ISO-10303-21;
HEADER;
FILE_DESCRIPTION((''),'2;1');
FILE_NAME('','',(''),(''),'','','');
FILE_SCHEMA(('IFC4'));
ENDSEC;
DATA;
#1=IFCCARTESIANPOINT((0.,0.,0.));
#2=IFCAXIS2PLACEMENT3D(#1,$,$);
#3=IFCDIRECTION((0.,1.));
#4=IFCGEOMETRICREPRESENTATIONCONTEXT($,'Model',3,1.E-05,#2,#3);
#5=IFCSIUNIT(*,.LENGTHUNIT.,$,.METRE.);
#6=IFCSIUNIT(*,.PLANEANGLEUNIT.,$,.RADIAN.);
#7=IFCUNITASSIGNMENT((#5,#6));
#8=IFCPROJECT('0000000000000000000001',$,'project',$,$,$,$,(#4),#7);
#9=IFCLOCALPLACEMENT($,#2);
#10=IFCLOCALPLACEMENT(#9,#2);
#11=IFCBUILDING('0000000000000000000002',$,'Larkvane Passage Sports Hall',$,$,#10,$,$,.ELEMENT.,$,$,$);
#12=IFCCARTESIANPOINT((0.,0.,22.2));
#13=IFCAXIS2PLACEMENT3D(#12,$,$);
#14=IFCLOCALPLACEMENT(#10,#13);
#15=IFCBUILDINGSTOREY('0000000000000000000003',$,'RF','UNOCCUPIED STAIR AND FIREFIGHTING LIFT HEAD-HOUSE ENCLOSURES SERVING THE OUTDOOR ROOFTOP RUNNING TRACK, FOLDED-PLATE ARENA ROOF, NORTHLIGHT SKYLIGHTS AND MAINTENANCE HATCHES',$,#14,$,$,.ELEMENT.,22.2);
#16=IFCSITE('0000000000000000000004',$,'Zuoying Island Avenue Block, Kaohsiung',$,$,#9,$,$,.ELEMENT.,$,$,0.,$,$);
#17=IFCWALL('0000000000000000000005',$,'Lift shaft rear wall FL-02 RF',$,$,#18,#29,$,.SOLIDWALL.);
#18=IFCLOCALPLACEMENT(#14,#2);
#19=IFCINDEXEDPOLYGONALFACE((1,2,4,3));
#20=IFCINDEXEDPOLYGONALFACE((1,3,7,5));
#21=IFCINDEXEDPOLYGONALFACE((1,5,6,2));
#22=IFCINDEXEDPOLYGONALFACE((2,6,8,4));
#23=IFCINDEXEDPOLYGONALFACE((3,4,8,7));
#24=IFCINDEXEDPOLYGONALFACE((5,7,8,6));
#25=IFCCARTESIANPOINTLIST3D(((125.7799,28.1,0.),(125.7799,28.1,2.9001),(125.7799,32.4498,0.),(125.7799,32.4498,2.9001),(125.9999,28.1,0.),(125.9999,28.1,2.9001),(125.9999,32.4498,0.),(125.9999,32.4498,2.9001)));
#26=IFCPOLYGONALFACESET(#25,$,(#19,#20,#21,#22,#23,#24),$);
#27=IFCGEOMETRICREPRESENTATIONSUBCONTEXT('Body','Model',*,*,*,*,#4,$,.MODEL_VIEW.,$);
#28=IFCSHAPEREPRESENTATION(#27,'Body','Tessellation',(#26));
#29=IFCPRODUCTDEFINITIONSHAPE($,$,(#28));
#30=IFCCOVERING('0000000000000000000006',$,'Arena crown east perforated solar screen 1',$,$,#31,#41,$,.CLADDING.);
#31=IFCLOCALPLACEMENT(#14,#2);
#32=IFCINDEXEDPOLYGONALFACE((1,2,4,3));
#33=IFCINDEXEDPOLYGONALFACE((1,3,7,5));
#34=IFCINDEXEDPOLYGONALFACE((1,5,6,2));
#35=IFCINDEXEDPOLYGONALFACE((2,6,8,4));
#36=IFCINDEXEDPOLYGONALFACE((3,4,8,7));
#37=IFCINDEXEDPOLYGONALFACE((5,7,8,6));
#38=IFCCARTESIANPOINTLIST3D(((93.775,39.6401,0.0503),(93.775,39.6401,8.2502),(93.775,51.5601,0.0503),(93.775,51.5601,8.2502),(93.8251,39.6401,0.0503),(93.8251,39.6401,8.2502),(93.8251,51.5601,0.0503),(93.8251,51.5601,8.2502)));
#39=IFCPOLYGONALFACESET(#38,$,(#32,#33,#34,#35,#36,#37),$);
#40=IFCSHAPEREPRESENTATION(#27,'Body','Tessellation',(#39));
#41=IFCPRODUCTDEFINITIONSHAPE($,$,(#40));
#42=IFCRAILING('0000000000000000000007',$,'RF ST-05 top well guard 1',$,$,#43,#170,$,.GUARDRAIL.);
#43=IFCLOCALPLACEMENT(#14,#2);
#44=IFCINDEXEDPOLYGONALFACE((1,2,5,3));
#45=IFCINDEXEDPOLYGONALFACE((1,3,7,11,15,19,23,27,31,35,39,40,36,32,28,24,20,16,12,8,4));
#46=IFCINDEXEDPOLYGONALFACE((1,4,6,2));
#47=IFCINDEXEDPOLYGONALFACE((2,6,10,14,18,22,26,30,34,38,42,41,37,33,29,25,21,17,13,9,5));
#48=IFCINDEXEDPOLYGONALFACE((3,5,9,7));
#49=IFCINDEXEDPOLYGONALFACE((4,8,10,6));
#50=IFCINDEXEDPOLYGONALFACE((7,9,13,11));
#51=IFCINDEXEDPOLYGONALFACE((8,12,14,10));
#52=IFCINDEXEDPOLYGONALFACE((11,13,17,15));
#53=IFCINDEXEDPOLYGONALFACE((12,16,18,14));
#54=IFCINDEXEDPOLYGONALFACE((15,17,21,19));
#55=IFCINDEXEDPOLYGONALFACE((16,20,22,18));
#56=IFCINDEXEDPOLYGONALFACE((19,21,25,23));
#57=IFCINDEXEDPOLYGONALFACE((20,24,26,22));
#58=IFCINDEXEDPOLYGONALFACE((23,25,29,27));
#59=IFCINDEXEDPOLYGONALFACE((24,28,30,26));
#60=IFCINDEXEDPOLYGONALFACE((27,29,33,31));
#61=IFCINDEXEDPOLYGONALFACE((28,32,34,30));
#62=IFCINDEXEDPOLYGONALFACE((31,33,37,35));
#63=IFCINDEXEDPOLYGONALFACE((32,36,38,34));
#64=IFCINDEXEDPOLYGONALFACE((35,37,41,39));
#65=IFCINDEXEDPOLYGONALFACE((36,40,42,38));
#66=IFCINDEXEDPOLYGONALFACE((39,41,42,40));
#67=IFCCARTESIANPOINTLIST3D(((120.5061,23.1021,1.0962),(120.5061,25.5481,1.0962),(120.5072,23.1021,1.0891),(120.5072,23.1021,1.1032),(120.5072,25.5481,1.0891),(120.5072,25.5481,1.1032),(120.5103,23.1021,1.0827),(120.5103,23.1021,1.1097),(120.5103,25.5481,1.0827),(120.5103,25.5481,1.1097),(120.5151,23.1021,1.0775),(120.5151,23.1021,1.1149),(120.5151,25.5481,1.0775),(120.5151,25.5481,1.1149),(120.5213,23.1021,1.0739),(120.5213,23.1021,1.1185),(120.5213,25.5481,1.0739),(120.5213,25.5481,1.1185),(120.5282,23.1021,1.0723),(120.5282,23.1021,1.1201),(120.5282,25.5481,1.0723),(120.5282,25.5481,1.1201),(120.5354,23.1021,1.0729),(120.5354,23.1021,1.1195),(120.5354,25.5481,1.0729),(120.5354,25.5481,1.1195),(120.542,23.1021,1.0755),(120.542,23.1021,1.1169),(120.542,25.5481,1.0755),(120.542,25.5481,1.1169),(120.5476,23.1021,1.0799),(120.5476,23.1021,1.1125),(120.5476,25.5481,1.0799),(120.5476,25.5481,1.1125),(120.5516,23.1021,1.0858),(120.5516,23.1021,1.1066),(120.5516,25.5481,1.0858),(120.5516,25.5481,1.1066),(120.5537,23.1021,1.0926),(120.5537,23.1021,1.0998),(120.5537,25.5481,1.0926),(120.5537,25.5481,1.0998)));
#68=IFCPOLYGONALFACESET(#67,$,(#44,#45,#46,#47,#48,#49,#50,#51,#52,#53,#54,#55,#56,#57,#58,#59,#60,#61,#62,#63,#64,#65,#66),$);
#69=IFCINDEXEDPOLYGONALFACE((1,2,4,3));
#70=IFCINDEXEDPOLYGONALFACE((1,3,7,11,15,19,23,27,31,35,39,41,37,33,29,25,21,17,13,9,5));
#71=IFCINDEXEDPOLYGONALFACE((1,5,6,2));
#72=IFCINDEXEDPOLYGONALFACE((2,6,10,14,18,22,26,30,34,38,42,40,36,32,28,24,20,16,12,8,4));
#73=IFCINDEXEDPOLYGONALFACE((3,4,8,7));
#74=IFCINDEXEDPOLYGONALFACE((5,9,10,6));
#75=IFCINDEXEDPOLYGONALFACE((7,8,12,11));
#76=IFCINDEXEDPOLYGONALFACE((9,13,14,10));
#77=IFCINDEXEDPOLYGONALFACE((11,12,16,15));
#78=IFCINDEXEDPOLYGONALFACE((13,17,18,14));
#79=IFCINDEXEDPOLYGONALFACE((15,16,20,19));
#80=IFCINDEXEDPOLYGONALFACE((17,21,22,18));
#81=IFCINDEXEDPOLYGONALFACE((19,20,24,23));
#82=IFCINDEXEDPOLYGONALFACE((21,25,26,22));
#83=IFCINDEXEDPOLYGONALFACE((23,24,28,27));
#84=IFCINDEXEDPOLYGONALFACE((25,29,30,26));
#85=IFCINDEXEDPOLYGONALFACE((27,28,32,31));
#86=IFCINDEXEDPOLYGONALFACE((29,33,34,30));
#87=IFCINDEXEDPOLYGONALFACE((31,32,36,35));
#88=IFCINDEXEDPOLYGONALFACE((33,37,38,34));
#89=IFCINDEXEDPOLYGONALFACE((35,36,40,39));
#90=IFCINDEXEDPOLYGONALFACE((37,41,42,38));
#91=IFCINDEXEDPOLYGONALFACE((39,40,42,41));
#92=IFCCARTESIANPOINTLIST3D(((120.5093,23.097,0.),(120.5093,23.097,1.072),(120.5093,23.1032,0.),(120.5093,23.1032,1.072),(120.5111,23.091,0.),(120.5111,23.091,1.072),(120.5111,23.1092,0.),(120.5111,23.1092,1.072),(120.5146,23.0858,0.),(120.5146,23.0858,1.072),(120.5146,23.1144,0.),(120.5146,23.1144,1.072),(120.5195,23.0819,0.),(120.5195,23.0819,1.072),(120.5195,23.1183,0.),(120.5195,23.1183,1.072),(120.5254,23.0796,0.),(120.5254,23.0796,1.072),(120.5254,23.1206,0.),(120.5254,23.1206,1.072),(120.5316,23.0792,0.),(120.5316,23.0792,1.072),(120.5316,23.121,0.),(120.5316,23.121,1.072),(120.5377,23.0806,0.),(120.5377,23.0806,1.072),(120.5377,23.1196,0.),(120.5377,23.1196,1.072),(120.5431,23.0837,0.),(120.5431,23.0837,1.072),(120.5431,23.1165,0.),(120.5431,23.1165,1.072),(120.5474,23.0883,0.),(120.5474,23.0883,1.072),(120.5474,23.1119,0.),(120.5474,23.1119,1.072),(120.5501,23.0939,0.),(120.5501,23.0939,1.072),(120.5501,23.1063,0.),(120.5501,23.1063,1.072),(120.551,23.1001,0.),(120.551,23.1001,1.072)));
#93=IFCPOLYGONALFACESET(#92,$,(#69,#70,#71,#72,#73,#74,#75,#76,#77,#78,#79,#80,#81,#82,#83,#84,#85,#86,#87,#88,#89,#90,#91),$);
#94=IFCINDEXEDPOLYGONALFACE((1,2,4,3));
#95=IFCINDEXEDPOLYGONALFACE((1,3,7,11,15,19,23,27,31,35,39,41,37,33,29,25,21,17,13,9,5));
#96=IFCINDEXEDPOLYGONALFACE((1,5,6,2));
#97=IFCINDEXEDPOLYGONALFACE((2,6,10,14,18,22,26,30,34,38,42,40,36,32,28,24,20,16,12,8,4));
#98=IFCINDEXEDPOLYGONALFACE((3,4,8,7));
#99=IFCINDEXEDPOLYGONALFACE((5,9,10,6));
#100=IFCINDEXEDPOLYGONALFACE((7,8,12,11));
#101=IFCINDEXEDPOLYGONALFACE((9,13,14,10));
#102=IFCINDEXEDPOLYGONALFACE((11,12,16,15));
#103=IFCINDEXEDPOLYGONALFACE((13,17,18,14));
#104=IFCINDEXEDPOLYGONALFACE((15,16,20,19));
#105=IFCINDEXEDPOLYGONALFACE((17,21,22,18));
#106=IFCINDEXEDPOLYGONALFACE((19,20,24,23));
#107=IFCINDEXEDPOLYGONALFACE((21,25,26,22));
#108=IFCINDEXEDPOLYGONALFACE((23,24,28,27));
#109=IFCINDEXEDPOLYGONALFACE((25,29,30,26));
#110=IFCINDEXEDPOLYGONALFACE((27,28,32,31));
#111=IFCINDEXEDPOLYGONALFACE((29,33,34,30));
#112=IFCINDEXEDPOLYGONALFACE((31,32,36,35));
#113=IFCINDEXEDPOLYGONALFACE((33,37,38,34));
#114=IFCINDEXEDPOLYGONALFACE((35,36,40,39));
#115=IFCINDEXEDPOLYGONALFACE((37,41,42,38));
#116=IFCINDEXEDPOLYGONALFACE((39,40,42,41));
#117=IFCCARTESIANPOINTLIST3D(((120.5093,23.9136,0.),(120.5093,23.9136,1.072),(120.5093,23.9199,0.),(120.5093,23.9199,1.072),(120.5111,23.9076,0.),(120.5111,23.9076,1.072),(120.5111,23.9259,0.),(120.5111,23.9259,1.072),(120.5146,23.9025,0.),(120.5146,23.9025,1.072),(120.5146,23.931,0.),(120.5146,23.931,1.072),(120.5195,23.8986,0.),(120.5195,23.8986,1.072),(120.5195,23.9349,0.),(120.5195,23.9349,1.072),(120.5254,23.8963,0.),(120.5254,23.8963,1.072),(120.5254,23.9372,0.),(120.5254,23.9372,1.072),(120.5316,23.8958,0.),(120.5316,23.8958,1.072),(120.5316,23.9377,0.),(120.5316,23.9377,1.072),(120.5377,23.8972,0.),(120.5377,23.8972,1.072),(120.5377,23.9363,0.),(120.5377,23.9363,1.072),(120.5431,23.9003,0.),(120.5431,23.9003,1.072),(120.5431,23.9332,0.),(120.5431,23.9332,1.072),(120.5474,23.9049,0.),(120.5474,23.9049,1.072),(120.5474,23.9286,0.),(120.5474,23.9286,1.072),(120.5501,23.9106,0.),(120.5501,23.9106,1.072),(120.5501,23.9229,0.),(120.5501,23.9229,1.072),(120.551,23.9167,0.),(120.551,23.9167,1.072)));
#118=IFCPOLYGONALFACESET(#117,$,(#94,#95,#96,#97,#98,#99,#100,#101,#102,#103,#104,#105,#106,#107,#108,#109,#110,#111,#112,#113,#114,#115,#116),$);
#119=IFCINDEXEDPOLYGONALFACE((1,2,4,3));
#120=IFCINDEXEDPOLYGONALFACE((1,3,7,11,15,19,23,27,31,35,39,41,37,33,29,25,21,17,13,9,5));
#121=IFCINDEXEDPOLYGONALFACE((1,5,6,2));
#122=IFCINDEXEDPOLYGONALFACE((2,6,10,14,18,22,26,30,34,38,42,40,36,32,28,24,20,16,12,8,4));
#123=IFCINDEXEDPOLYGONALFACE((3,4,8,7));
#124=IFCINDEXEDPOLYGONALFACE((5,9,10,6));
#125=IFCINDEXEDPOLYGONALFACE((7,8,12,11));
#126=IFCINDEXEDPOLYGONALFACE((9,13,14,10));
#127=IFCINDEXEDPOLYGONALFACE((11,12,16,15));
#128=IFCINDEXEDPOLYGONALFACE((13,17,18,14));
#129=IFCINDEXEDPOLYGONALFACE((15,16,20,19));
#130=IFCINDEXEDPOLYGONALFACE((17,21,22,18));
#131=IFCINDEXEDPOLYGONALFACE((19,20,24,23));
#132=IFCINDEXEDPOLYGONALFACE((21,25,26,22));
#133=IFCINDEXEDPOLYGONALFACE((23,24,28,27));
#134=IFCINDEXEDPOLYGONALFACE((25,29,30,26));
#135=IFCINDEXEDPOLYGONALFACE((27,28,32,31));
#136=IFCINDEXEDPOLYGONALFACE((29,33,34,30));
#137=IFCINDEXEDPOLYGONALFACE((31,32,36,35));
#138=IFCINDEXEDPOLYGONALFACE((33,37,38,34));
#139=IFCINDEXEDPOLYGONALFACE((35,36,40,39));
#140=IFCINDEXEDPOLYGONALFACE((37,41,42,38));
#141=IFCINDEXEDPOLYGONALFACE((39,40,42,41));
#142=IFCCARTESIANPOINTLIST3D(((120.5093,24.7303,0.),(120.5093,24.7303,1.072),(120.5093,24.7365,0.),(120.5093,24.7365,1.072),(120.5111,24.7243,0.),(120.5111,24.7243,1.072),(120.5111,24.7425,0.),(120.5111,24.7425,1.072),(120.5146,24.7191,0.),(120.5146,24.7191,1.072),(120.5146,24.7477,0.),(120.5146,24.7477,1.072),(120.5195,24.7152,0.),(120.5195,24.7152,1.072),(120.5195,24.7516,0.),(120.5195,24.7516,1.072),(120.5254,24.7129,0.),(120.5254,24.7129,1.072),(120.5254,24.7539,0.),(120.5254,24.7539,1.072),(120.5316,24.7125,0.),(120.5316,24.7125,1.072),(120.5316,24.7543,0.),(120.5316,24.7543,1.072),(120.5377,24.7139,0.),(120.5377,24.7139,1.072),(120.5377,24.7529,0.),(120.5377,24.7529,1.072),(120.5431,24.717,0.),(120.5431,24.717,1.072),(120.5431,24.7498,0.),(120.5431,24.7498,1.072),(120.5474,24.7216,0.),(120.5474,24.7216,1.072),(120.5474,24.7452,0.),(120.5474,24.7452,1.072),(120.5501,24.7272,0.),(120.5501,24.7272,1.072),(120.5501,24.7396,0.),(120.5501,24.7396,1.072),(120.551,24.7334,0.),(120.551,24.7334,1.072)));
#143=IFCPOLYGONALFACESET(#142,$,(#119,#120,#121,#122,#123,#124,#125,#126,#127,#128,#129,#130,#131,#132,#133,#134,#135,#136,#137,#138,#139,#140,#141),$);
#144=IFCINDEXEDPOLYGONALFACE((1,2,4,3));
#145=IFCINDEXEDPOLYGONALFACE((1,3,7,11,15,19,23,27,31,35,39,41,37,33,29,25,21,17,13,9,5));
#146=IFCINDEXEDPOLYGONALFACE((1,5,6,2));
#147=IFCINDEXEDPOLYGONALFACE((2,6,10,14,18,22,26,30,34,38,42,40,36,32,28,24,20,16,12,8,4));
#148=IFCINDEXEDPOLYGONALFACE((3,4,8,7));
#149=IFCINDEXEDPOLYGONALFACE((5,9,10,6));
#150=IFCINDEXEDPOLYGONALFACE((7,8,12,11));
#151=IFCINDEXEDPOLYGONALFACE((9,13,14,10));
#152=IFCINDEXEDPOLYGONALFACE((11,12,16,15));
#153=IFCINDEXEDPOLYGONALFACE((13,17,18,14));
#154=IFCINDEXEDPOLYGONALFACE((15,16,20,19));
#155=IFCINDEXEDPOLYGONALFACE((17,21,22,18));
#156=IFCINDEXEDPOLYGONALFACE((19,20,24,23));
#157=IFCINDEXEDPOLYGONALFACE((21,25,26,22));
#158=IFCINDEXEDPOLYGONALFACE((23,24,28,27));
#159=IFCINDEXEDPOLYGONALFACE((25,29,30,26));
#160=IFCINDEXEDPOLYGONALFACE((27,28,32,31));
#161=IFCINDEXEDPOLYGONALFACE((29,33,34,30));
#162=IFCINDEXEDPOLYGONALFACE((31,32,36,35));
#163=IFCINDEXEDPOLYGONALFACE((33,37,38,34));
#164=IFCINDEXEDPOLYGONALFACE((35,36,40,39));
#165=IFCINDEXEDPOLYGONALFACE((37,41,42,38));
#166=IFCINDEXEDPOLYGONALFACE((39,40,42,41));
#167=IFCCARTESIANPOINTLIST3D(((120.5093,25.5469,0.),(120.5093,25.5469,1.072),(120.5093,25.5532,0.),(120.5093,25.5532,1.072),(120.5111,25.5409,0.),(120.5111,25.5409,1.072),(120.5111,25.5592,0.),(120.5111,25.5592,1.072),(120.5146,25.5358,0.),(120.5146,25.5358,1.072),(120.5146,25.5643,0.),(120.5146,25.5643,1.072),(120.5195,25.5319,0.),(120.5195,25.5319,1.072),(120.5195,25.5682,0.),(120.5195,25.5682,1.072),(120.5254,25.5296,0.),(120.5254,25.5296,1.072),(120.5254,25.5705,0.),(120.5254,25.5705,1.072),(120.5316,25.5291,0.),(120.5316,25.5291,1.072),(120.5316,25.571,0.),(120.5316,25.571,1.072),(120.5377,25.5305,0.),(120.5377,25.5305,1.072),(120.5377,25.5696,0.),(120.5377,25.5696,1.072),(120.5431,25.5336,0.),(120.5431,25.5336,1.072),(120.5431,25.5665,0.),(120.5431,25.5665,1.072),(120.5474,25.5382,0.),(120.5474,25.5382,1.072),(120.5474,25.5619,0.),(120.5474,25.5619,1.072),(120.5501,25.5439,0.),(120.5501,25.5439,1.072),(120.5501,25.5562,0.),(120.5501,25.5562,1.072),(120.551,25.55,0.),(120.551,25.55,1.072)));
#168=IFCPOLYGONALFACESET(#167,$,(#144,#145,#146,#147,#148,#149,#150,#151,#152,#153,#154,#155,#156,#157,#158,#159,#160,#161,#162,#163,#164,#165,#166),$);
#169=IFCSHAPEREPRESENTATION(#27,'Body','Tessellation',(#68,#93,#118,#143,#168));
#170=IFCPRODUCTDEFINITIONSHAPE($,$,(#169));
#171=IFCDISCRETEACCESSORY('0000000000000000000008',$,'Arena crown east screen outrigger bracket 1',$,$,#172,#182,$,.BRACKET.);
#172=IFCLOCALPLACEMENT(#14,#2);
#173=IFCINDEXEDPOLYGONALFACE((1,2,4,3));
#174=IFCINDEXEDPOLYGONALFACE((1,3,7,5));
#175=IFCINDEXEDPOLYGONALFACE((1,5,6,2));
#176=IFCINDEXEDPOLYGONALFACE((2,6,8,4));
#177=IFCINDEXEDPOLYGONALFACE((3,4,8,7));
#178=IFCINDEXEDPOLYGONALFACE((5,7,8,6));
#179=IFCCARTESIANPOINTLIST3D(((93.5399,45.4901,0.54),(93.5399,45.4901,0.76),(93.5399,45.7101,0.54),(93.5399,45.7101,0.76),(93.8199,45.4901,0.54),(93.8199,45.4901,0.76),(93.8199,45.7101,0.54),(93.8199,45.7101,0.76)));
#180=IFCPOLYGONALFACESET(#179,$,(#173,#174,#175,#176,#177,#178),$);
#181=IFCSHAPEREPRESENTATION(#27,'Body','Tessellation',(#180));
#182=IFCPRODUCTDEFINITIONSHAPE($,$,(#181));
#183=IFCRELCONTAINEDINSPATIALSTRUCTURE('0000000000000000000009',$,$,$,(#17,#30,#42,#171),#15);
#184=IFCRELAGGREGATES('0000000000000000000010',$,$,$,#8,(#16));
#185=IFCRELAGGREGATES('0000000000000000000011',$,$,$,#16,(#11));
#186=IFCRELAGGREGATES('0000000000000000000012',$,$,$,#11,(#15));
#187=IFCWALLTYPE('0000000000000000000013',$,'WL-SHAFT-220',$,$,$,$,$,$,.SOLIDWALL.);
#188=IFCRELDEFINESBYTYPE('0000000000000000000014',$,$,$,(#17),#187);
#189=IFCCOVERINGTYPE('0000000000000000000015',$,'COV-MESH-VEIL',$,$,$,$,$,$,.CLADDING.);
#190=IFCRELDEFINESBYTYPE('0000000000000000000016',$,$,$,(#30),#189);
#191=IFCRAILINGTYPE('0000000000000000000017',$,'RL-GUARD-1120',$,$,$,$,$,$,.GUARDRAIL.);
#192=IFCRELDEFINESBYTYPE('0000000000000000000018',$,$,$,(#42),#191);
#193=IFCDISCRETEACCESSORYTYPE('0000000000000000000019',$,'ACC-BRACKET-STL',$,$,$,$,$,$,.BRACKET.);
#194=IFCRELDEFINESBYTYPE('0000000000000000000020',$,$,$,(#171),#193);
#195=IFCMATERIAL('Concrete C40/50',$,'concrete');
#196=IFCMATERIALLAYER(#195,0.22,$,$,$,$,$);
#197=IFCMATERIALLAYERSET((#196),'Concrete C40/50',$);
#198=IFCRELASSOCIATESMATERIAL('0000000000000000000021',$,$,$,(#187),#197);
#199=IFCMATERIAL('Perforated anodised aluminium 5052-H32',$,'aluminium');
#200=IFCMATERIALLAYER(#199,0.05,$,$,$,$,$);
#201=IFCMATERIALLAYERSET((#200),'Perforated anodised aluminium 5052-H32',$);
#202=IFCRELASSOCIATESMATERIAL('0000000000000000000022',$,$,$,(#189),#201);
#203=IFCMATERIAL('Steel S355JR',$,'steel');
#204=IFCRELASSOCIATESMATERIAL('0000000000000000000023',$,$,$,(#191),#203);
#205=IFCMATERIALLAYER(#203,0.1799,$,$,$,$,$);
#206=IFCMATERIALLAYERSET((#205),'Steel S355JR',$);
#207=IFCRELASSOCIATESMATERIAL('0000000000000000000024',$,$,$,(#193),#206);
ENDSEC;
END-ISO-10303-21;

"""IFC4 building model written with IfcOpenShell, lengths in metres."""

from ifc_helpers import new_model, si_unit, direction, frame, frame_2d, origin, origin_2d, place, context, subcontext, project, spatial, rectangle, circle, extrude, material, layer, layer_set, type_object, element, save


model = new_model("IFC4")

# Units and contexts
model_context = context("Model", 3, precision=1e-05, world=origin(), true_north=direction((0.0, 1.0)))
body_context = subcontext(model_context, "Body", "Model", "MODEL_VIEW")
ifc_project = project(units=[si_unit("LENGTHUNIT", "METRE"), si_unit("PLANEANGLEUNIT", "RADIAN")], contexts=[model_context])

# Site, building, storey
site_placement = place(None, origin())
site = spatial("IfcSite", under=ifc_project, at=site_placement, Name="Zuoying Island Avenue Block, Kaohsiung", CompositionType="ELEMENT", RefElevation=0.0)
building_placement = place(site_placement, origin())
building = spatial("IfcBuilding", under=site, at=building_placement, Name="Larkvane Passage Sports Hall", CompositionType="ELEMENT")
storey_placement = place(building_placement, frame((0.0, 0.0, 22.2)))
storey = spatial("IfcBuildingStorey", under=building, at=storey_placement, Name="RF", Description="UNOCCUPIED STAIR AND FIREFIGHTING LIFT HEAD-HOUSE ENCLOSURES SERVING THE OUTDOOR ROOFTOP RUNNING TRACK, FOLDED-PLATE ARENA ROOF, NORTHLIGHT SKYLIGHTS AND MAINTENANCE HATCHES", CompositionType="ELEMENT", Elevation=22.2)

# Shared definitions
ifc_material_1 = material(Name="Steel S355JR", Category="steel")

# Shared definitions
ifc_material_2 = material(Name="Concrete C40/50", Category="concrete")
ifc_layer_1 = layer(ifc_material_2, 0.22)
ifc_layer_set_1 = layer_set([ifc_layer_1], Name="Concrete C40/50")
wall_type_1 = type_object("IfcWallType", Name="WL-SHAFT-220", PredefinedType="SOLIDWALL", material=ifc_layer_set_1)

# Wall
wall_1_placement = place(storey_placement, frame((125.8899, 28.1001, 0.0), z_axis=(0.0, 0.0, 1.0), x_axis=(0.0, 1.0, 0.0)))
element("IfcWall", 1, at=wall_1_placement, inside=storey, type_object=wall_type_1, Name="Lift shaft rear wall FL-02 RF", PredefinedType="SOLIDWALL", context=body_context, shape_type="SweptSolid", body=[
    extrude(rectangle(XDim=4.3499, YDim=0.22, at=frame_2d((2.1748, 0.0))), origin(), (0.0, 0.0, 1.0), 2.9001),
])

# Covering
ifc_material_3 = material(Name="Perforated anodised aluminium 5052-H32", Category="aluminium")
ifc_layer_2 = layer(ifc_material_3, 0.05)
ifc_layer_set_2 = layer_set([ifc_layer_2], Name="Perforated anodised aluminium 5052-H32")
covering_type = type_object("IfcCoveringType", Name="COV-MESH-VEIL", PredefinedType="CLADDING", material=ifc_layer_set_2)
covering_placement = place(storey_placement, frame((93.8, 45.6001, 0.0503), z_axis=(0.0, 0.0, 1.0), x_axis=(0.0, 1.0, 0.0)))
element("IfcCovering", 2, at=covering_placement, inside=storey, type_object=covering_type, Name="Arena crown east perforated solar screen 1", PredefinedType="CLADDING", context=body_context, shape_type="SweptSolid", body=[
    extrude(rectangle(XDim=11.9199, YDim=0.05, at=origin_2d()), origin(), (0.0, 0.0, 1.0), 8.2),
])

# Railing
railing_type = type_object("IfcRailingType", Name="RL-GUARD-1120", PredefinedType="GUARDRAIL", material=ifc_material_1)
railing_placement = place(storey_placement, frame((120.53, 23.1001, 0.0)))
element("IfcRailing", 3, at=railing_placement, inside=storey, type_object=railing_type, Name="RF ST-05 top well guard 1", PredefinedType="GUARDRAIL", context=body_context, shape_type="SweptSolid", body=[
    extrude(circle(Radius=0.0239, at=origin_2d()), frame((0.0, 0.002, 1.0962), z_axis=(0.0, 1.0, 0.0), x_axis=(-1.0, 0.0, 0.0)), (0.0, 0.0, 1.0), 2.446),
    extrude(circle(Radius=0.021, at=origin_2d()), origin(), (0.0, 0.0, 1.0), 1.072),
    extrude(circle(Radius=0.021, at=origin_2d()), frame((0.0, 0.8167, 0.0)), (0.0, 0.0, 1.0), 1.072),
    extrude(circle(Radius=0.021, at=origin_2d()), frame((0.0, 1.6333, 0.0)), (0.0, 0.0, 1.0), 1.072),
    extrude(circle(Radius=0.021, at=origin_2d()), frame((0.0, 2.45, 0.0)), (0.0, 0.0, 1.0), 1.072),
])

# Discrete accessory
ifc_layer_3 = layer(ifc_material_1, 0.1799)
ifc_layer_set_3 = layer_set([ifc_layer_3], Name="Steel S355JR")
discrete_accessory_type = type_object("IfcDiscreteAccessoryType", Name="ACC-BRACKET-STL", PredefinedType="BRACKET", material=ifc_layer_set_3)
discrete_accessory_placement = place(storey_placement, frame((93.6799, 45.6001, 0.54), z_axis=(0.0, 0.0, 1.0), x_axis=(0.0, 1.0, 0.0)))
element("IfcDiscreteAccessory", 4, at=discrete_accessory_placement, inside=storey, type_object=discrete_accessory_type, Name="Arena crown east screen outrigger bracket 1", PredefinedType="BRACKET", context=body_context, shape_type="SweptSolid", body=[
    extrude(rectangle(XDim=0.22, YDim=0.28, at=origin_2d()), origin(), (0.0, 0.0, 1.0), 0.22),
])

save(model, "model.ifc")
